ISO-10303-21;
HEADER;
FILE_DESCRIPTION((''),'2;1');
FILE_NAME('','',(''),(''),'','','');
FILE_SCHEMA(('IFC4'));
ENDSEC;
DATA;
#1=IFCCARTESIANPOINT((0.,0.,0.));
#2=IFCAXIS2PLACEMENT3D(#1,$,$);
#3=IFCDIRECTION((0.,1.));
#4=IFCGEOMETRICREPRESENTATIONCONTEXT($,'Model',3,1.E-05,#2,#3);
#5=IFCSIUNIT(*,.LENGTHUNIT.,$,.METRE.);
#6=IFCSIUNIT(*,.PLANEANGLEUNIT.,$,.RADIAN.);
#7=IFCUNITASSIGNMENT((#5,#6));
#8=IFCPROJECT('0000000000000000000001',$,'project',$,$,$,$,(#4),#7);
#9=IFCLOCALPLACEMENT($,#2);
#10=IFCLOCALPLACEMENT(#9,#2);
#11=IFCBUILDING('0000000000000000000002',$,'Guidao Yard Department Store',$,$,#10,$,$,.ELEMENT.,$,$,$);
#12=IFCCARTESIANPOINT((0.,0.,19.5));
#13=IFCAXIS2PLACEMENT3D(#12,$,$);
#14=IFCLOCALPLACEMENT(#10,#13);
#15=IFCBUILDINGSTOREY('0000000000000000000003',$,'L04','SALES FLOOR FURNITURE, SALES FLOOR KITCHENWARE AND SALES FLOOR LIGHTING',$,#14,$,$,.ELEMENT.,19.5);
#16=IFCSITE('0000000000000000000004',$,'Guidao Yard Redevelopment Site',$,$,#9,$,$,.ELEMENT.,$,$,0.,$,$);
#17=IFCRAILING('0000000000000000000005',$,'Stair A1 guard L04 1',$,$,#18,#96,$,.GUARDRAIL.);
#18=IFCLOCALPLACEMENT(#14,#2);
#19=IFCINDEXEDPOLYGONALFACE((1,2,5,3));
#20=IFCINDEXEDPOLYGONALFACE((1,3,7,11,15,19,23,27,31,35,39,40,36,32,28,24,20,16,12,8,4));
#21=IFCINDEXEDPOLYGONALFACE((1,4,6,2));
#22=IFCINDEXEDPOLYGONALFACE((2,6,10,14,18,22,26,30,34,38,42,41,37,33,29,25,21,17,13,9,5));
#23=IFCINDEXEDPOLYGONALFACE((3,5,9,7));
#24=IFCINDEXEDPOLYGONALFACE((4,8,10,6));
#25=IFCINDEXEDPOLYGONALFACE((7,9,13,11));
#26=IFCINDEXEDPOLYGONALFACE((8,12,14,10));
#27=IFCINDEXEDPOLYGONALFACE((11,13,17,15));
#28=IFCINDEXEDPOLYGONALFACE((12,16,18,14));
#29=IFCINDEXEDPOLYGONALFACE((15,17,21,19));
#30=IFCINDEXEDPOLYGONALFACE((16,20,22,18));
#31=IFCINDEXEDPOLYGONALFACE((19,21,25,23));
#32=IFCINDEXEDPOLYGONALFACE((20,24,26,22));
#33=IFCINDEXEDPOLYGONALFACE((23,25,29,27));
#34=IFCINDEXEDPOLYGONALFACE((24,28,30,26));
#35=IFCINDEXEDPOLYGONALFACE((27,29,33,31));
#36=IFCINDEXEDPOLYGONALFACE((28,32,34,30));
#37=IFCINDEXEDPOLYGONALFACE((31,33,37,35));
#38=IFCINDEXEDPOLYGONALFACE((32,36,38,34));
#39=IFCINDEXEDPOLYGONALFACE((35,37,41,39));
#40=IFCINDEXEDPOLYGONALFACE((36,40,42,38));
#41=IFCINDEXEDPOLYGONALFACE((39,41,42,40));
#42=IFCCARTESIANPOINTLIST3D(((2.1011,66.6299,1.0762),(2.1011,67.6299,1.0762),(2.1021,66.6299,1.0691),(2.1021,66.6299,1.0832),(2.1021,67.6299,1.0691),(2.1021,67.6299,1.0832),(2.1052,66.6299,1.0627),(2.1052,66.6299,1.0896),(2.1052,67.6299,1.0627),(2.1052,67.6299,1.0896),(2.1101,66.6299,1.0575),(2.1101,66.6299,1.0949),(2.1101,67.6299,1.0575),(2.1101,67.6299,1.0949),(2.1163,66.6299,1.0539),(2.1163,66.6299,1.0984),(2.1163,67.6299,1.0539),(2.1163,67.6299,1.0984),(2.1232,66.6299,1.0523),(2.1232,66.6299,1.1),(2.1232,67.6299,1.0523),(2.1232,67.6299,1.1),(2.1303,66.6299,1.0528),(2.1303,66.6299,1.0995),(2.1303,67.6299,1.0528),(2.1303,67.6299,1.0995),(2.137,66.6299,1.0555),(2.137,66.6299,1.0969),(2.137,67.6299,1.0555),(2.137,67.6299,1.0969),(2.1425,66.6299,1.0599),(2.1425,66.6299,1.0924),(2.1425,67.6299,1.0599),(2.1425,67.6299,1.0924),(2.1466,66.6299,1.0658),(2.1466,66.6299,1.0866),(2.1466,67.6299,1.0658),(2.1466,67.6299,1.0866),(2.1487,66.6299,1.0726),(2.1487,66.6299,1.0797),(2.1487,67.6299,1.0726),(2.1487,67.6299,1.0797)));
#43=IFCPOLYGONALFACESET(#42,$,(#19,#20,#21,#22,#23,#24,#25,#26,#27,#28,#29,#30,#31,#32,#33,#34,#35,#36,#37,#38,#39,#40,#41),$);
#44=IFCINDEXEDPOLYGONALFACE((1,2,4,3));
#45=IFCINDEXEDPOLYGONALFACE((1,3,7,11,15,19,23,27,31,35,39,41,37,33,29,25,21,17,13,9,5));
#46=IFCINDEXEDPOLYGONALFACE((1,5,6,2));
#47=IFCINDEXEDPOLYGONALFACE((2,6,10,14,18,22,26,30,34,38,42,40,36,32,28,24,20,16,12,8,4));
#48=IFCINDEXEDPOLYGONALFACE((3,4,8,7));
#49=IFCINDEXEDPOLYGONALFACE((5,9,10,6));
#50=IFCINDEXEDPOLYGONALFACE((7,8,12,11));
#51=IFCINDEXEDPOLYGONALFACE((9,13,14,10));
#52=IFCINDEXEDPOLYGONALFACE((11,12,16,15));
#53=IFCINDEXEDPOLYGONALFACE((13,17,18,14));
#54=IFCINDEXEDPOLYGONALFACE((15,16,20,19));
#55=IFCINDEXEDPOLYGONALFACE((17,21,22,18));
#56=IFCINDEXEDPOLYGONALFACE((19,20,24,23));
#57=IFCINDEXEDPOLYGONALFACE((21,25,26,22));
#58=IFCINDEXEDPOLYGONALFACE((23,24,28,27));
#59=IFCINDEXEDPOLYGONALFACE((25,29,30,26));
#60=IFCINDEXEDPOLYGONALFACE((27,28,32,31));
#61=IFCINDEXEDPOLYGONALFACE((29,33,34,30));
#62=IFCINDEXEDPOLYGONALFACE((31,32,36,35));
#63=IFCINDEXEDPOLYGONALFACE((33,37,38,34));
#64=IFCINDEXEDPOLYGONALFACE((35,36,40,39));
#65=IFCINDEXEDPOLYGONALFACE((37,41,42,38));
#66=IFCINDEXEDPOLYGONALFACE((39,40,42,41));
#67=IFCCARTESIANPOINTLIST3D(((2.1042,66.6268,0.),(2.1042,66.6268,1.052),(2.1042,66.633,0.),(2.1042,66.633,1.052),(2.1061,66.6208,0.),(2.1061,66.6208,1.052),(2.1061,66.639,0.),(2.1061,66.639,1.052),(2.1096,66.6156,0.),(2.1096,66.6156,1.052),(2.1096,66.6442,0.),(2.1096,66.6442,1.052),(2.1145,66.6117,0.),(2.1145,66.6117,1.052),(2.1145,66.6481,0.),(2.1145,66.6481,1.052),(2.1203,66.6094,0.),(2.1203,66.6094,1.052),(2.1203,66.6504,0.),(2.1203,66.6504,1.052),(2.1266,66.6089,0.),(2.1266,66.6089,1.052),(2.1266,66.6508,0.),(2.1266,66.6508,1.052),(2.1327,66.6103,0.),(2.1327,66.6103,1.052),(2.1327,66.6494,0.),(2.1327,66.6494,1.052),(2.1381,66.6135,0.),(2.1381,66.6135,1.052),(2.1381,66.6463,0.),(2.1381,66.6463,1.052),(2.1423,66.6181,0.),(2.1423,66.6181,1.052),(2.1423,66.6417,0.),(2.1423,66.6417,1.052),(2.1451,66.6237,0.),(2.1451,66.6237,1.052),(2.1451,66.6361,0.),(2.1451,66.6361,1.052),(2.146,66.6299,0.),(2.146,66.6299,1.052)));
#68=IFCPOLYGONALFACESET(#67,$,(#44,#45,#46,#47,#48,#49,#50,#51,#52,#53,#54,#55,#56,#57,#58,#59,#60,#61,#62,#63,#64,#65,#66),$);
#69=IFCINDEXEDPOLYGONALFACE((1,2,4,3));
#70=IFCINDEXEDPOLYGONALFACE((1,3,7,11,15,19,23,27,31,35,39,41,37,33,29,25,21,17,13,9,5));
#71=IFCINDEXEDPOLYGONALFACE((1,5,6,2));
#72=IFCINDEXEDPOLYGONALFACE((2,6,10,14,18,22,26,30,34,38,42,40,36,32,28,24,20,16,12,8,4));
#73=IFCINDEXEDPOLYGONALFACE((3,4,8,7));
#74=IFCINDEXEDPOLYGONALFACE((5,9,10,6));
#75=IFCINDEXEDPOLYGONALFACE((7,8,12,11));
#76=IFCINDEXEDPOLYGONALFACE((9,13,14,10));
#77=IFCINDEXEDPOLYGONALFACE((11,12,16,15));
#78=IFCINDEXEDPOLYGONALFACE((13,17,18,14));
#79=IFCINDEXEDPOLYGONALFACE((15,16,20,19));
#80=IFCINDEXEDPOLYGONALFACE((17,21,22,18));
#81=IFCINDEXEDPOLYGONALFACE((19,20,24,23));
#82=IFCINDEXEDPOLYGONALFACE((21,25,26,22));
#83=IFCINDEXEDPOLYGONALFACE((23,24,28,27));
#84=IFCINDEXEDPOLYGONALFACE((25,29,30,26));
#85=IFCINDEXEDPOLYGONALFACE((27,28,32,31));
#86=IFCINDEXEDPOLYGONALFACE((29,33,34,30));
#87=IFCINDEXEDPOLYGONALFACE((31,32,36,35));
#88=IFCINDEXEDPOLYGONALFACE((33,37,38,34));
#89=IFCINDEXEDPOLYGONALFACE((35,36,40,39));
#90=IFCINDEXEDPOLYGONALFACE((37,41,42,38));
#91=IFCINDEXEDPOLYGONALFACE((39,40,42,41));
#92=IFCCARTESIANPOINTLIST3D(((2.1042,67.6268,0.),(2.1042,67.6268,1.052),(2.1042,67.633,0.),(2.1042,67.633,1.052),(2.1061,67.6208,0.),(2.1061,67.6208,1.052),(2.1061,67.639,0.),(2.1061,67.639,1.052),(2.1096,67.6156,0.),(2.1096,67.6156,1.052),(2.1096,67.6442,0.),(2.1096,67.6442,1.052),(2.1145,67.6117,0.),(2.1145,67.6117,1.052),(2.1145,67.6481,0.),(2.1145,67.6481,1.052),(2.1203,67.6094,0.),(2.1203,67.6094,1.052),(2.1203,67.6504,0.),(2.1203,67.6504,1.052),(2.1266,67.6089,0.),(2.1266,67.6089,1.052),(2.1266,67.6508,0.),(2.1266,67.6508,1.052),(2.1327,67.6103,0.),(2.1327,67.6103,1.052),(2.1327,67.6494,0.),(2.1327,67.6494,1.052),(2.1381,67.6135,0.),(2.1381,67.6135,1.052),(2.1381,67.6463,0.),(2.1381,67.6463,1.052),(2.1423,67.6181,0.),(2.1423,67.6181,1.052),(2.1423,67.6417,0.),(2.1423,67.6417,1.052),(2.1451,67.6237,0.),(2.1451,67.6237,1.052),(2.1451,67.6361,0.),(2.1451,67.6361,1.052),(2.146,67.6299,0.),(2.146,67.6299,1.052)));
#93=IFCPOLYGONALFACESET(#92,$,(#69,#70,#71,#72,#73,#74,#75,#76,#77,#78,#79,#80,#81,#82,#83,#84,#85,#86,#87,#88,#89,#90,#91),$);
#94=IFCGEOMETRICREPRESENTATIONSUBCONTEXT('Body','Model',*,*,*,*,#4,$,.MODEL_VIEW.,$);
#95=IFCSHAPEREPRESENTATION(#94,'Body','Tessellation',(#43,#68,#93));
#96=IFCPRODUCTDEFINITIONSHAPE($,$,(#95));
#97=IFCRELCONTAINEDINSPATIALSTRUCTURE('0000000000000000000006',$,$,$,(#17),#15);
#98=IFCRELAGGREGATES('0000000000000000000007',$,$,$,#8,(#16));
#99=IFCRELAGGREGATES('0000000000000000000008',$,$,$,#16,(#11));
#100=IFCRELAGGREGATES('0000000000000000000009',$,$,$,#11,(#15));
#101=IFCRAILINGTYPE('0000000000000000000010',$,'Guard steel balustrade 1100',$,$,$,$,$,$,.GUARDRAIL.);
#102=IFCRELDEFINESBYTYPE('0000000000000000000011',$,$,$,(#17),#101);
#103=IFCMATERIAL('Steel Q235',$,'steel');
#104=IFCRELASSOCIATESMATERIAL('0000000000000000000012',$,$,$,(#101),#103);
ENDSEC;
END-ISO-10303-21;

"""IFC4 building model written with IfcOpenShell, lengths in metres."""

from ifc_helpers import new_model, si_unit, direction, frame, origin, origin_2d, place, context, subcontext, project, spatial, circle, extrude, material, type_object, element, save


model = new_model("IFC4")

# Units and contexts
model_context = context("Model", 3, precision=1e-05, world=origin(), true_north=direction((0.0, 1.0)))
body_context = subcontext(model_context, "Body", "Model", "MODEL_VIEW")
ifc_project = project(units=[si_unit("LENGTHUNIT", "METRE"), si_unit("PLANEANGLEUNIT", "RADIAN")], contexts=[model_context])

# Site, building, storey
site_placement = place(None, origin())
site = spatial("IfcSite", under=ifc_project, at=site_placement, Name="Guidao Yard Redevelopment Site", CompositionType="ELEMENT", RefElevation=0.0)
building_placement = place(site_placement, origin())
building = spatial("IfcBuilding", under=site, at=building_placement, Name="Guidao Yard Department Store", CompositionType="ELEMENT")
storey_placement = place(building_placement, frame((0.0, 0.0, 19.5)))
storey = spatial("IfcBuildingStorey", under=building, at=storey_placement, Name="L04", Description="SALES FLOOR FURNITURE, SALES FLOOR KITCHENWARE AND SALES FLOOR LIGHTING", CompositionType="ELEMENT", Elevation=19.5)

# Railing
ifc_material_1 = material(Name="Steel Q235", Category="steel")
railing_type_1 = type_object("IfcRailingType", Name="Guard steel balustrade 1100", PredefinedType="GUARDRAIL", material=ifc_material_1)
railing_placement = place(storey_placement, frame((2.125, 66.6299, 0.0)))
element("IfcRailing", 1, at=railing_placement, inside=storey, type_object=railing_type_1, Name="Stair A1 guard L04 1", PredefinedType="GUARDRAIL", context=body_context, shape_type="SweptSolid", body=[
    extrude(circle(Radius=0.0239, at=origin_2d()), frame((0.0, 0.0, 1.0762), z_axis=(0.0, 1.0, 0.0), x_axis=(-1.0, 0.0, 0.0)), (0.0, 0.0, 1.0), 1.0),
    extrude(circle(Radius=0.021, at=origin_2d()), origin(), (0.0, 0.0, 1.0), 1.052),
    extrude(circle(Radius=0.021, at=origin_2d()), frame((0.0, 1.0, 0.0)), (0.0, 0.0, 1.0), 1.052),
])

save(model, "model.ifc")
